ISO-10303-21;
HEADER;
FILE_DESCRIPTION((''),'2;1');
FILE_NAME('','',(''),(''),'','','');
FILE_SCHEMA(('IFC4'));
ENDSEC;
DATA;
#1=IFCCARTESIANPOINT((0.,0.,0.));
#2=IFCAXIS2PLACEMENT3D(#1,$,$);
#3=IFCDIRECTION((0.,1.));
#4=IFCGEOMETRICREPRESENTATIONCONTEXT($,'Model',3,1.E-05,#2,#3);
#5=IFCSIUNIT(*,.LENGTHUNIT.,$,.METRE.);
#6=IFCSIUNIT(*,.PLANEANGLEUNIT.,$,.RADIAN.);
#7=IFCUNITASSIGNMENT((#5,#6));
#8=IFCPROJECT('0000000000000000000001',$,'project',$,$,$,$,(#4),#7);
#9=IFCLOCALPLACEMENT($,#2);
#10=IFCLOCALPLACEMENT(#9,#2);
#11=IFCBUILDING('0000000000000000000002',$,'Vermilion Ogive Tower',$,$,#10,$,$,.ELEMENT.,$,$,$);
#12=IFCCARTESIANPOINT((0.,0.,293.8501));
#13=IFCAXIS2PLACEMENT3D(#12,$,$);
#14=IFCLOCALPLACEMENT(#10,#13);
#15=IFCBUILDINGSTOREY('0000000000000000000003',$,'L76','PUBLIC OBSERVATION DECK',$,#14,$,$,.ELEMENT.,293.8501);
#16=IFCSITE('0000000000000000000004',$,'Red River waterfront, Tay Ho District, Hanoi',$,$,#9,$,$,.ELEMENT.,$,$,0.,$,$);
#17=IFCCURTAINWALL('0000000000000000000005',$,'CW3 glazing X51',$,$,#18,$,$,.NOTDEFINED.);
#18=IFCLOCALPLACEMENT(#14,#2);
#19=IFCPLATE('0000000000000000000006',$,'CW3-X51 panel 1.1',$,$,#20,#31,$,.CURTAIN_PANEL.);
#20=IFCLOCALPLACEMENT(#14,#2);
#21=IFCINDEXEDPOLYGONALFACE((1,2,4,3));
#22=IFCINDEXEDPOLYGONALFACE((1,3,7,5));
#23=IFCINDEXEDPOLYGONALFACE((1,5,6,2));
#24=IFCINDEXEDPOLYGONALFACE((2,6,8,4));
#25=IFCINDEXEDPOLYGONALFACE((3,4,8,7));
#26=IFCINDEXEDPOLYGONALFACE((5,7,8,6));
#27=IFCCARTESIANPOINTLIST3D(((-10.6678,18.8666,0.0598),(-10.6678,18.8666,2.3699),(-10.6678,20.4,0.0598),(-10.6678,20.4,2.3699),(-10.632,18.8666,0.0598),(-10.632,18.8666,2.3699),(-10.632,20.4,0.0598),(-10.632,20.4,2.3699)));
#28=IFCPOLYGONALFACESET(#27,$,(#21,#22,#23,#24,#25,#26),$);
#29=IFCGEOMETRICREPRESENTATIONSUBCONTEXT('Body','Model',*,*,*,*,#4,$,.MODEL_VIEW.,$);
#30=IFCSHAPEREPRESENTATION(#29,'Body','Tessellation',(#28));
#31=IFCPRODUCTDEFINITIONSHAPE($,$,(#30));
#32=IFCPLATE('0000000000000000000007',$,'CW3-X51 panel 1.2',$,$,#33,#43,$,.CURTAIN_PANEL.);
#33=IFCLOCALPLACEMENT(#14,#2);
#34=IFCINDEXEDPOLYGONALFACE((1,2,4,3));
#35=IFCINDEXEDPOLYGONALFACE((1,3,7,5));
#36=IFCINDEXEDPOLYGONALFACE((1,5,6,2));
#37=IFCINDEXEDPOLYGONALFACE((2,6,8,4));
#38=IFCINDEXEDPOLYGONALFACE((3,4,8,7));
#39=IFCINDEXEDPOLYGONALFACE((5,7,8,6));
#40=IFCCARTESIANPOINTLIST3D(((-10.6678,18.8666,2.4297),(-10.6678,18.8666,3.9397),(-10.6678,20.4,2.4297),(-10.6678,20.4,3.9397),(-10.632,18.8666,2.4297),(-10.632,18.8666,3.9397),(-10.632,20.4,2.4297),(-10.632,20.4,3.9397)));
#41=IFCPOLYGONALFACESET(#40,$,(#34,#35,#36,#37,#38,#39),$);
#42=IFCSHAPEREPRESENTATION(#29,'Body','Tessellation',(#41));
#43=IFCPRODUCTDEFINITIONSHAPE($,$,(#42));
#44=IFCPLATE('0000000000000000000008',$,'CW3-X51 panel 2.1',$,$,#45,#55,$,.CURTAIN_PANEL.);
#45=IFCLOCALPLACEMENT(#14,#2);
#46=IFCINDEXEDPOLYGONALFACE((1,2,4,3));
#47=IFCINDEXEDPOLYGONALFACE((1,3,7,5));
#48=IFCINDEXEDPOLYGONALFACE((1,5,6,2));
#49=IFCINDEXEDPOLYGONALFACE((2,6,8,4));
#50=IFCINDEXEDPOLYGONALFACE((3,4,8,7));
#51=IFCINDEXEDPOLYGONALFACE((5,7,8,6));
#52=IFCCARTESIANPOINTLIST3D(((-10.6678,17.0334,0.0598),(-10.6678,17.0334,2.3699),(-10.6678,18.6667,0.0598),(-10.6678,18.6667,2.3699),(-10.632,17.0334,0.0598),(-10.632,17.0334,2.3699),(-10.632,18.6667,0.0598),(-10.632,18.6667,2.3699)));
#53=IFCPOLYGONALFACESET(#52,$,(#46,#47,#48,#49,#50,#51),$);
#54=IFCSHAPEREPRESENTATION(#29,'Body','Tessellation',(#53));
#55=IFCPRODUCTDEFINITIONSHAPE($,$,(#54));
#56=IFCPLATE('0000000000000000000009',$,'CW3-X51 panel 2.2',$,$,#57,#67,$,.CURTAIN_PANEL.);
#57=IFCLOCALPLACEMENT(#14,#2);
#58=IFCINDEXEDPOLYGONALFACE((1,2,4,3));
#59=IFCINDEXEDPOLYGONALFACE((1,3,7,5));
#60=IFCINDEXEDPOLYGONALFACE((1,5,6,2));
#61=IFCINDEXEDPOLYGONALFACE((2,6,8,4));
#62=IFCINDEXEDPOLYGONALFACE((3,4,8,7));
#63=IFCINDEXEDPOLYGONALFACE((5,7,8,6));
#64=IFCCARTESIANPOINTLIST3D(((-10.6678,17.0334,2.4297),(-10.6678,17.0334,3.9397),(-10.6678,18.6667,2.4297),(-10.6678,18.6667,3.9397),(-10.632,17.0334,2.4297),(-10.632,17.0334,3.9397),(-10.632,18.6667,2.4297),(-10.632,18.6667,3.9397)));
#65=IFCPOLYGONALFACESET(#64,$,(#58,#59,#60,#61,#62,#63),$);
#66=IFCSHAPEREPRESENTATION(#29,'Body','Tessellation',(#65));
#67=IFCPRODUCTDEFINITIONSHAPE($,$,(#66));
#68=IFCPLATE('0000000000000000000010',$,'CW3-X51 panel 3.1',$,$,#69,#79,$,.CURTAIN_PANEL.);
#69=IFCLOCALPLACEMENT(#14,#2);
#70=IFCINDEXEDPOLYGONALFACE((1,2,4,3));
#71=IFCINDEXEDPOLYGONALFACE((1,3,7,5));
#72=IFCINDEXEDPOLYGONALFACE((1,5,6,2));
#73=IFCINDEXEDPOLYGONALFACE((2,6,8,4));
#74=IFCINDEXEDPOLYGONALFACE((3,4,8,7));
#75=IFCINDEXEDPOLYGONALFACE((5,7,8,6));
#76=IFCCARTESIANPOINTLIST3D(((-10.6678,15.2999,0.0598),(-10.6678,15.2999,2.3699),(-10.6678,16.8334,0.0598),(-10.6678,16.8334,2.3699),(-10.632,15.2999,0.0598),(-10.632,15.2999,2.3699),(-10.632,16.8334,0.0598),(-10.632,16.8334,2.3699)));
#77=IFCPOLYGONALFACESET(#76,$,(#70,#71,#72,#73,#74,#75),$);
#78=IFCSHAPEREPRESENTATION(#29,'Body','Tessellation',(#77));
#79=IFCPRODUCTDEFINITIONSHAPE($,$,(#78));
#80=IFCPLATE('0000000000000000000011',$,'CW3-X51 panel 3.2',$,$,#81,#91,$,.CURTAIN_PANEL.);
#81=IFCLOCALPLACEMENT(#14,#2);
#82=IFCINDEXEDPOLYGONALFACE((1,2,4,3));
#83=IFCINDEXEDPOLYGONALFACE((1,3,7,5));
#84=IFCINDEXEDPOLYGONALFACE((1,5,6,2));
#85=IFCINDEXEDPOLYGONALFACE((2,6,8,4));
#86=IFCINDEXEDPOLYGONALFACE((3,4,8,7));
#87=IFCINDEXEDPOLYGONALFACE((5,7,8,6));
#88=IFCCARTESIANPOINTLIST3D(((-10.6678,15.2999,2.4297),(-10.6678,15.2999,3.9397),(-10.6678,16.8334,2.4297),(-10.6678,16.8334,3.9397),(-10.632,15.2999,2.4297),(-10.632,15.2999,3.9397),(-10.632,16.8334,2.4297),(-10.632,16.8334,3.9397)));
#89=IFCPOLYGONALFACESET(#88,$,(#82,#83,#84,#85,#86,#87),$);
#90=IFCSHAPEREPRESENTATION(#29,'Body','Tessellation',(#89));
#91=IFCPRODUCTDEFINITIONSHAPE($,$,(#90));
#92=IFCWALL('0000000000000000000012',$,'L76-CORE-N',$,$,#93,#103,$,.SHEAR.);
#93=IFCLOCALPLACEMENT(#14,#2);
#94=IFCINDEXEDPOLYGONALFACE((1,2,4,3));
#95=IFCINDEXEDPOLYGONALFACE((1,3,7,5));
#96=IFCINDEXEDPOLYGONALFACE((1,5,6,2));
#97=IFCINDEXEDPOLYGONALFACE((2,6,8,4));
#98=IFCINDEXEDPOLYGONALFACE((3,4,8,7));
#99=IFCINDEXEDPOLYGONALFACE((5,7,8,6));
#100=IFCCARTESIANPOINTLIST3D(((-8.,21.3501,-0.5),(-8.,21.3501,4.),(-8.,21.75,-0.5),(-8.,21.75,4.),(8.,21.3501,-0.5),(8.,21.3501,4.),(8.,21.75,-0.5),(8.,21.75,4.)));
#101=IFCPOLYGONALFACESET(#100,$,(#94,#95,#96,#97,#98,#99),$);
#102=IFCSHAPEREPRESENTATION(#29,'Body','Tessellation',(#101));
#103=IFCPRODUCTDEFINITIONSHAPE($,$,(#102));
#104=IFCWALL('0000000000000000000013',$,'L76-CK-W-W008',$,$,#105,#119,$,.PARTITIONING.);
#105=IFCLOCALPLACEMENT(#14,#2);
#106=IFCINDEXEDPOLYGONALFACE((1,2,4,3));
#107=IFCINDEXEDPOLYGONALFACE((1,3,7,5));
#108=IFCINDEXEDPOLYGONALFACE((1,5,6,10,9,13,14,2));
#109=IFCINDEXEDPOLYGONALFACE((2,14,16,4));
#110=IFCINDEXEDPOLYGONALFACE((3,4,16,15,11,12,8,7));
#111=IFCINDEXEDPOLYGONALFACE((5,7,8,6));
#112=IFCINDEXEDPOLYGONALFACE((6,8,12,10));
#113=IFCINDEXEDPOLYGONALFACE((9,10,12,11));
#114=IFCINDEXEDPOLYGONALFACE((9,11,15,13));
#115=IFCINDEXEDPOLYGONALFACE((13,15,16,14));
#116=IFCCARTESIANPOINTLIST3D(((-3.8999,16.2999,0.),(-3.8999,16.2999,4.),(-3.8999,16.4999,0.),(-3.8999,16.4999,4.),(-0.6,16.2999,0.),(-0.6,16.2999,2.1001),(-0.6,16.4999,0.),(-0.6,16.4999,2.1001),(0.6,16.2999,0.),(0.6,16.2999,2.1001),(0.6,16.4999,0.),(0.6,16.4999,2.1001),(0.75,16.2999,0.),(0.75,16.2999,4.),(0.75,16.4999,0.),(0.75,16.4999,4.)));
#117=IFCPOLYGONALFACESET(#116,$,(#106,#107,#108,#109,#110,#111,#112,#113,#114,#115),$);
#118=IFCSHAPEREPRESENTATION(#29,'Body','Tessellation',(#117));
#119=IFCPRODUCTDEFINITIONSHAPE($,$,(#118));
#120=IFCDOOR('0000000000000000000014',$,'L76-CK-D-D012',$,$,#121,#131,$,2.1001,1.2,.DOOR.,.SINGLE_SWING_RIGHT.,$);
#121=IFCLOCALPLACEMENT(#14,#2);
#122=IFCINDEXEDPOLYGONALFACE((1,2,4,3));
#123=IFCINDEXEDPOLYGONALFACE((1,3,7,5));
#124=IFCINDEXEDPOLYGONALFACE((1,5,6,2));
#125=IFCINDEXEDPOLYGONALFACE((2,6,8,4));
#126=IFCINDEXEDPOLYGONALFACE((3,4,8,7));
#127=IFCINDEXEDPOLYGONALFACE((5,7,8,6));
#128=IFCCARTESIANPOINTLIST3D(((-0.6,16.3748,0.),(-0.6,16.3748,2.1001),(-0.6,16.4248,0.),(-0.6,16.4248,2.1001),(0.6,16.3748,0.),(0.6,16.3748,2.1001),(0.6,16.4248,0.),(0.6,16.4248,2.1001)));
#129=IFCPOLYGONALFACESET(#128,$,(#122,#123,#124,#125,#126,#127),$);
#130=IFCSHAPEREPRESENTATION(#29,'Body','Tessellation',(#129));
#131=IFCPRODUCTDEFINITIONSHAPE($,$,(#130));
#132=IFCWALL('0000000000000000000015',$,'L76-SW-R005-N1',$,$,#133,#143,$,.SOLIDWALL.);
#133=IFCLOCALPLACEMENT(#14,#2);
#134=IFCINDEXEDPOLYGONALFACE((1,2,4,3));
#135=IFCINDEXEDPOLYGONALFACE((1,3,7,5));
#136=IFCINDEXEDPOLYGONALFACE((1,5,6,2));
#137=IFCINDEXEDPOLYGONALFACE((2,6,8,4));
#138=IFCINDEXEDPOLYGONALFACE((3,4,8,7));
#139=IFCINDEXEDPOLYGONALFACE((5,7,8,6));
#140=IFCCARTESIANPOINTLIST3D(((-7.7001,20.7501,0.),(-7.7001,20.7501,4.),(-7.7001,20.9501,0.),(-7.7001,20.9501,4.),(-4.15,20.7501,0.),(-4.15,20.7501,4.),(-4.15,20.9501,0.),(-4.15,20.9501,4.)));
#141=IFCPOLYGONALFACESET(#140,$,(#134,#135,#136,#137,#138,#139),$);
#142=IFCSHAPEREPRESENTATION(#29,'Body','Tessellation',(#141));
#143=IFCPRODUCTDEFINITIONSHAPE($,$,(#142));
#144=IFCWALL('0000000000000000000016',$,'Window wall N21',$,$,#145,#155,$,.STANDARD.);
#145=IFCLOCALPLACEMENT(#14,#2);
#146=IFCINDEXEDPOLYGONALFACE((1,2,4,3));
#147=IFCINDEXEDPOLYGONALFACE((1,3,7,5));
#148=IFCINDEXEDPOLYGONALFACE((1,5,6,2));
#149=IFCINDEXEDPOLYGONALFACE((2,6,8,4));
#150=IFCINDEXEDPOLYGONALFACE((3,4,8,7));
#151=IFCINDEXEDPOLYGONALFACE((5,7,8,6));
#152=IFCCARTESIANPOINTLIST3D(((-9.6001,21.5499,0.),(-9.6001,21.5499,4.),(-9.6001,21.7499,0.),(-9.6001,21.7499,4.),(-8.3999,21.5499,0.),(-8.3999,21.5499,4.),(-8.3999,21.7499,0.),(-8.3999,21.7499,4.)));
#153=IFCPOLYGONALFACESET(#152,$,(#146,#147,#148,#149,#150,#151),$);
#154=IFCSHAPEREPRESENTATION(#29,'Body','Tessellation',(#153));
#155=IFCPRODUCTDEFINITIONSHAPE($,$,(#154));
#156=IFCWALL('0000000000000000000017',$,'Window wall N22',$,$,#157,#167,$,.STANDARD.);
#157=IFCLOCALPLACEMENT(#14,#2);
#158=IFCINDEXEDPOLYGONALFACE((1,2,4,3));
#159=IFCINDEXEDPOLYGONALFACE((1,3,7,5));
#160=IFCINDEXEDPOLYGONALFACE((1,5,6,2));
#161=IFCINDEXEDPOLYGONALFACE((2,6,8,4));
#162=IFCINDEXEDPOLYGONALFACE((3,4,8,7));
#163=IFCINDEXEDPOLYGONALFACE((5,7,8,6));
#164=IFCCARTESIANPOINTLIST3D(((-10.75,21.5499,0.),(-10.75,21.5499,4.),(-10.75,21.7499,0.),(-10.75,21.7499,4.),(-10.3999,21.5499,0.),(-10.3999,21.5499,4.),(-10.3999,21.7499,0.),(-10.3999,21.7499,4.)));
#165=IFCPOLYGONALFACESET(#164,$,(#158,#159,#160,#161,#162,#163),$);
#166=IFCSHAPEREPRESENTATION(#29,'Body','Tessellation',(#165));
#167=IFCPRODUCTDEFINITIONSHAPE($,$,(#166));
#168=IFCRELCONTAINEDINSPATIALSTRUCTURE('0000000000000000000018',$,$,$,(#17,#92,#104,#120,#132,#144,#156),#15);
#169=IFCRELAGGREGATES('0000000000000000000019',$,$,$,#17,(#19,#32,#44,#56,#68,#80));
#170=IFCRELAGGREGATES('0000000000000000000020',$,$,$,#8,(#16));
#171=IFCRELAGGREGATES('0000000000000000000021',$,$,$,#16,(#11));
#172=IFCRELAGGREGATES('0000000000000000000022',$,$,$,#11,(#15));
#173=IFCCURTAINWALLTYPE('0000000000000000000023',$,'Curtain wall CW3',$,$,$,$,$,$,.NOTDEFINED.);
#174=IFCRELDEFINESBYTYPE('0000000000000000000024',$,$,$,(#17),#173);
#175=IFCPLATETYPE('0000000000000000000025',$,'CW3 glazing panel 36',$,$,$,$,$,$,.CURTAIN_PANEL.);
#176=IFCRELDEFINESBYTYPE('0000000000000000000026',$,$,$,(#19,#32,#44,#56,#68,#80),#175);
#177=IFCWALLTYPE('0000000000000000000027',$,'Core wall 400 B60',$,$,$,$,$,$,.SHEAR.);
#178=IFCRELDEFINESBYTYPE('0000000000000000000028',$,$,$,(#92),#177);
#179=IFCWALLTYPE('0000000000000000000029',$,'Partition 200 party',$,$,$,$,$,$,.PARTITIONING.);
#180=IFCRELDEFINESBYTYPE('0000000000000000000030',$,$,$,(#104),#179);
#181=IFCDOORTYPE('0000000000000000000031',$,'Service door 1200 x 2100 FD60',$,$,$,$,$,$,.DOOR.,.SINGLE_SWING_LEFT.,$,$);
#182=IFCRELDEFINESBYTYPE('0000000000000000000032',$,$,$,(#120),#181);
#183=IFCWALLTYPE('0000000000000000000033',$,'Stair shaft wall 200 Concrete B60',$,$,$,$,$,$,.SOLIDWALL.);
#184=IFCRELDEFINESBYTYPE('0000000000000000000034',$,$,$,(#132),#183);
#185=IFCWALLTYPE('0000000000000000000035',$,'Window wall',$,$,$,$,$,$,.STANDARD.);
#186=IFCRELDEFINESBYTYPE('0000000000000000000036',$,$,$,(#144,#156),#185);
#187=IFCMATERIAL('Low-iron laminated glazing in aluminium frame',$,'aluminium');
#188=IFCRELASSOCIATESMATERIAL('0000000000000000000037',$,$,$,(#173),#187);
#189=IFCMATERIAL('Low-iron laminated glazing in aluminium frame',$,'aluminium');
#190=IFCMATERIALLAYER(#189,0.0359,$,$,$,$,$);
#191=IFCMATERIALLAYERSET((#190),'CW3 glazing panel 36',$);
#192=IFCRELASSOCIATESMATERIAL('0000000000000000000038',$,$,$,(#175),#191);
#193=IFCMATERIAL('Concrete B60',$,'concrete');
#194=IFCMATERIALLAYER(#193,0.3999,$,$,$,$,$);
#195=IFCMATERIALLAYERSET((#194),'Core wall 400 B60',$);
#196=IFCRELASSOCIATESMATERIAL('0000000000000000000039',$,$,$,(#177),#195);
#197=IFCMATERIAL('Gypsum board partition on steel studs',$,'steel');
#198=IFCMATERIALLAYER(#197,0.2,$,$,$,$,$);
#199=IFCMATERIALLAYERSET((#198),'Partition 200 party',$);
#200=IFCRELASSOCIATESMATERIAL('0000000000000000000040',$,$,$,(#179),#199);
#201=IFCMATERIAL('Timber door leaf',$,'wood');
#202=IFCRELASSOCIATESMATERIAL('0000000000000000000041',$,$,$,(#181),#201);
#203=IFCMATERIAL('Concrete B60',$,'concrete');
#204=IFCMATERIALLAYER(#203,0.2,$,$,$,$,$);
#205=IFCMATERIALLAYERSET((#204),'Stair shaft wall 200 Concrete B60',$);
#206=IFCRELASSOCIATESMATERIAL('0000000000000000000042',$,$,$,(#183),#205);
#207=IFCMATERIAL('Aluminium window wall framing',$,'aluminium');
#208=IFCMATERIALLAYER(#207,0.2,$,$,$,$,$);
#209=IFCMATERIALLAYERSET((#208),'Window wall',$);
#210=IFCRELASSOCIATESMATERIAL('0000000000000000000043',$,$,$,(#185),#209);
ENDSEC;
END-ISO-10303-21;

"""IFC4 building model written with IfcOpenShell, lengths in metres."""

from ifc_helpers import new_model, si_unit, direction, frame, frame_2d, origin, origin_2d, place, context, subcontext, project, spatial, rectangle, extrude, material, layer, layer_set, type_object, element, fill, aggregate, save


model = new_model("IFC4")

# Units and contexts
model_context = context("Model", 3, precision=1e-05, world=origin(), true_north=direction((0.0, 1.0)))
body_context = subcontext(model_context, "Body", "Model", "MODEL_VIEW")
ifc_project = project(units=[si_unit("LENGTHUNIT", "METRE"), si_unit("PLANEANGLEUNIT", "RADIAN")], contexts=[model_context])

# Site, building, storey
site_placement = place(None, origin())
site = spatial("IfcSite", under=ifc_project, at=site_placement, Name="Red River waterfront, Tay Ho District, Hanoi", CompositionType="ELEMENT", RefElevation=0.0)
building_placement = place(site_placement, origin())
building = spatial("IfcBuilding", under=site, at=building_placement, Name="Vermilion Ogive Tower", CompositionType="ELEMENT")
storey_placement = place(building_placement, frame((0.0, 0.0, 293.8501)))
storey = spatial("IfcBuildingStorey", under=building, at=storey_placement, Name="L76", Description="PUBLIC OBSERVATION DECK", CompositionType="ELEMENT", Elevation=293.8501)

# Curtain wall, plates
ifc_material_1 = material(Name="Low-iron laminated glazing in aluminium frame", Category="aluminium")
curtain_wall_type = type_object("IfcCurtainWallType", Name="Curtain wall CW3", PredefinedType="NOTDEFINED", material=ifc_material_1)
curtain_wall_placement = place(storey_placement, origin())
curtain_wall = element("IfcCurtainWall", 1, at=curtain_wall_placement, inside=storey, type_object=curtain_wall_type, Name="CW3 glazing X51", PredefinedType="NOTDEFINED")
ifc_material_2 = material(Name="Low-iron laminated glazing in aluminium frame", Category="aluminium")
ifc_layer_1 = layer(ifc_material_2, 0.0359)
ifc_layer_set_1 = layer_set([ifc_layer_1], Name="CW3 glazing panel 36")
plate_type = type_object("IfcPlateType", Name="CW3 glazing panel 36", PredefinedType="CURTAIN_PANEL", material=ifc_layer_set_1)
plate_1_placement = place(storey_placement, frame((-10.6499, 19.6333, 0.0598), z_axis=(0.0, 0.0, 1.0), x_axis=(0.0, -1.0, 0.0)))
plate_1 = element("IfcPlate", 2, at=plate_1_placement, type_object=plate_type, Name="CW3-X51 panel 1.1", PredefinedType="CURTAIN_PANEL", context=body_context, shape_type="SweptSolid", body=[
    extrude(rectangle(XDim=1.5334, YDim=0.0359, at=origin_2d()), origin(), (0.0, 0.0, 1.0), 2.3101),
])
plate_2_placement = place(storey_placement, frame((-10.6499, 19.6333, 2.4297), z_axis=(0.0, 0.0, 1.0), x_axis=(0.0, -1.0, 0.0)))
plate_2 = element("IfcPlate", 3, at=plate_2_placement, type_object=plate_type, Name="CW3-X51 panel 1.2", PredefinedType="CURTAIN_PANEL", context=body_context, shape_type="SweptSolid", body=[
    extrude(rectangle(XDim=1.5334, YDim=0.0359, at=origin_2d()), origin(), (0.0, 0.0, 1.0), 1.51),
])
plate_3_placement = place(storey_placement, frame((-10.6499, 17.8501, 0.0598), z_axis=(0.0, 0.0, 1.0), x_axis=(0.0, -1.0, 0.0)))
plate_3 = element("IfcPlate", 4, at=plate_3_placement, type_object=plate_type, Name="CW3-X51 panel 2.1", PredefinedType="CURTAIN_PANEL", context=body_context, shape_type="SweptSolid", body=[
    extrude(rectangle(XDim=1.6333, YDim=0.0359, at=origin_2d()), origin(), (0.0, 0.0, 1.0), 2.3101),
])
plate_4_placement = place(storey_placement, frame((-10.6499, 17.8501, 2.4297), z_axis=(0.0, 0.0, 1.0), x_axis=(0.0, -1.0, 0.0)))
plate_4 = element("IfcPlate", 5, at=plate_4_placement, type_object=plate_type, Name="CW3-X51 panel 2.2", PredefinedType="CURTAIN_PANEL", context=body_context, shape_type="SweptSolid", body=[
    extrude(rectangle(XDim=1.6333, YDim=0.0359, at=origin_2d()), origin(), (0.0, 0.0, 1.0), 1.51),
])
plate_5_placement = place(storey_placement, frame((-10.6499, 16.0667, 0.0598), z_axis=(0.0, 0.0, 1.0), x_axis=(0.0, -1.0, 0.0)))
plate_5 = element("IfcPlate", 6, at=plate_5_placement, type_object=plate_type, Name="CW3-X51 panel 3.1", PredefinedType="CURTAIN_PANEL", context=body_context, shape_type="SweptSolid", body=[
    extrude(rectangle(XDim=1.5334, YDim=0.0359, at=origin_2d()), origin(), (0.0, 0.0, 1.0), 2.3101),
])
plate_6_placement = place(storey_placement, frame((-10.6499, 16.0667, 2.4297), z_axis=(0.0, 0.0, 1.0), x_axis=(0.0, -1.0, 0.0)))
plate_6 = element("IfcPlate", 7, at=plate_6_placement, type_object=plate_type, Name="CW3-X51 panel 3.2", PredefinedType="CURTAIN_PANEL", context=body_context, shape_type="SweptSolid", body=[
    extrude(rectangle(XDim=1.5334, YDim=0.0359, at=origin_2d()), origin(), (0.0, 0.0, 1.0), 1.51),
])
aggregate(curtain_wall, [plate_1, plate_2, plate_3, plate_4, plate_5, plate_6])

# Wall
ifc_material_3 = material(Name="Concrete B60", Category="concrete")
ifc_layer_2 = layer(ifc_material_3, 0.3999)
ifc_layer_set_2 = layer_set([ifc_layer_2], Name="Core wall 400 B60")
wall_type_1 = type_object("IfcWallType", Name="Core wall 400 B60", PredefinedType="SHEAR", material=ifc_layer_set_2)
wall_1_placement = place(storey_placement, frame((-8.0, 21.55, -0.5), z_axis=(0.0, 0.0, 1.0), x_axis=(1.0, 0.0, 0.0)))
element("IfcWall", 8, at=wall_1_placement, inside=storey, type_object=wall_type_1, Name="L76-CORE-N", PredefinedType="SHEAR", context=body_context, shape_type="SweptSolid", body=[
    extrude(rectangle(XDim=16.0, YDim=0.3999, at=frame_2d((8.0, 0.0))), origin(), (0.0, 0.0, 1.0), 4.5),
])

# Wall, opening, door
ifc_material_4 = material(Name="Gypsum board partition on steel studs", Category="steel")
ifc_layer_3 = layer(ifc_material_4, 0.2)
ifc_layer_set_3 = layer_set([ifc_layer_3], Name="Partition 200 party")
wall_type_2 = type_object("IfcWallType", Name="Partition 200 party", PredefinedType="PARTITIONING", material=ifc_layer_set_3)
wall_2_placement = place(storey_placement, frame((-3.8999, 16.3999, 0.0), z_axis=(0.0, 0.0, 1.0), x_axis=(1.0, 0.0, 0.0)))
wall_2 = element("IfcWall", 9, at=wall_2_placement, inside=storey, type_object=wall_type_2, Name="L76-CK-W-W008", PredefinedType="PARTITIONING", context=body_context, shape_type="SweptSolid", body=[
    extrude(rectangle(XDim=4.6499, YDim=0.2, at=frame_2d((2.325, 0.0))), origin(), (0.0, 0.0, 1.0), 4.0),
])
opening_placement = place(wall_2_placement, frame((3.2998, 0.0, 0.0)))
opening = element("IfcOpeningElement", 10, at=opening_placement, cuts=wall_2, PredefinedType="OPENING", context=body_context, shape_type="SweptSolid", body=[
    extrude(rectangle(XDim=1.2, YDim=2.1001, at=frame_2d((0.6001, 1.05))), frame((0.0, 0.1099, 0.0), z_axis=(0.0, -1.0, 0.0), x_axis=(1.0, 0.0, 0.0)), (0.0, 0.0, 1.0), 0.22),
])
ifc_material_5 = material(Name="Timber door leaf", Category="wood")
door_type = type_object("IfcDoorType", Name="Service door 1200 x 2100 FD60", OperationType="SINGLE_SWING_LEFT", PredefinedType="DOOR", material=ifc_material_5)
door_placement = place(opening_placement, origin())
door = element("IfcDoor", 11, at=door_placement, inside=storey, type_object=door_type, Name="L76-CK-D-D012", OperationType="SINGLE_SWING_RIGHT", OverallHeight=2.1001, OverallWidth=1.2, PredefinedType="DOOR", context=body_context, shape_type="SweptSolid", body=[
    extrude(rectangle(XDim=1.2, YDim=2.1001, at=frame_2d((0.6001, 1.05))), frame((0.0, 0.0249, 0.0), z_axis=(0.0, -1.0, 0.0), x_axis=(1.0, 0.0, 0.0)), (0.0, 0.0, 1.0), 0.05),
])
fill(opening, door)

# Walls
ifc_material_6 = material(Name="Concrete B60", Category="concrete")
ifc_layer_4 = layer(ifc_material_6, 0.2)
ifc_layer_set_4 = layer_set([ifc_layer_4], Name="Stair shaft wall 200 Concrete B60")
wall_type_3 = type_object("IfcWallType", Name="Stair shaft wall 200 Concrete B60", PredefinedType="SOLIDWALL", material=ifc_layer_set_4)
wall_3_placement = place(storey_placement, frame((-7.7, 20.8501, 0.0), z_axis=(0.0, 0.0, 1.0), x_axis=(1.0, 0.0, 0.0)))
element("IfcWall", 12, at=wall_3_placement, inside=storey, type_object=wall_type_3, Name="L76-SW-R005-N1", PredefinedType="SOLIDWALL", context=body_context, shape_type="SweptSolid", body=[
    extrude(rectangle(XDim=3.55, YDim=0.2, at=frame_2d((1.7749, 0.0))), origin(), (0.0, 0.0, 1.0), 4.0),
])
ifc_material_7 = material(Name="Aluminium window wall framing", Category="aluminium")
ifc_layer_5 = layer(ifc_material_7, 0.2)
ifc_layer_set_5 = layer_set([ifc_layer_5], Name="Window wall")
wall_type_4 = type_object("IfcWallType", Name="Window wall", PredefinedType="STANDARD", material=ifc_layer_set_5)
wall_4_placement = place(storey_placement, frame((-8.3999, 21.6499, 0.0), z_axis=(0.0, 0.0, 1.0), x_axis=(-1.0, 0.0, 0.0)))
element("IfcWall", 13, at=wall_4_placement, inside=storey, type_object=wall_type_4, Name="Window wall N21", PredefinedType="STANDARD", context=body_context, shape_type="SweptSolid", body=[
    extrude(rectangle(XDim=1.2002, YDim=0.2, at=frame_2d((0.6001, 0.0))), origin(), (0.0, 0.0, 1.0), 4.0),
])
wall_5_placement = place(storey_placement, frame((-10.3999, 21.6499, 0.0), z_axis=(0.0, 0.0, 1.0), x_axis=(-1.0, 0.0, 0.0)))
element("IfcWall", 14, at=wall_5_placement, inside=storey, type_object=wall_type_4, Name="Window wall N22", PredefinedType="STANDARD", context=body_context, shape_type="SweptSolid", body=[
    extrude(rectangle(XDim=0.3501, YDim=0.2, at=frame_2d((0.175, 0.0))), origin(), (0.0, 0.0, 1.0), 4.0),
])

save(model, "model.ifc")
